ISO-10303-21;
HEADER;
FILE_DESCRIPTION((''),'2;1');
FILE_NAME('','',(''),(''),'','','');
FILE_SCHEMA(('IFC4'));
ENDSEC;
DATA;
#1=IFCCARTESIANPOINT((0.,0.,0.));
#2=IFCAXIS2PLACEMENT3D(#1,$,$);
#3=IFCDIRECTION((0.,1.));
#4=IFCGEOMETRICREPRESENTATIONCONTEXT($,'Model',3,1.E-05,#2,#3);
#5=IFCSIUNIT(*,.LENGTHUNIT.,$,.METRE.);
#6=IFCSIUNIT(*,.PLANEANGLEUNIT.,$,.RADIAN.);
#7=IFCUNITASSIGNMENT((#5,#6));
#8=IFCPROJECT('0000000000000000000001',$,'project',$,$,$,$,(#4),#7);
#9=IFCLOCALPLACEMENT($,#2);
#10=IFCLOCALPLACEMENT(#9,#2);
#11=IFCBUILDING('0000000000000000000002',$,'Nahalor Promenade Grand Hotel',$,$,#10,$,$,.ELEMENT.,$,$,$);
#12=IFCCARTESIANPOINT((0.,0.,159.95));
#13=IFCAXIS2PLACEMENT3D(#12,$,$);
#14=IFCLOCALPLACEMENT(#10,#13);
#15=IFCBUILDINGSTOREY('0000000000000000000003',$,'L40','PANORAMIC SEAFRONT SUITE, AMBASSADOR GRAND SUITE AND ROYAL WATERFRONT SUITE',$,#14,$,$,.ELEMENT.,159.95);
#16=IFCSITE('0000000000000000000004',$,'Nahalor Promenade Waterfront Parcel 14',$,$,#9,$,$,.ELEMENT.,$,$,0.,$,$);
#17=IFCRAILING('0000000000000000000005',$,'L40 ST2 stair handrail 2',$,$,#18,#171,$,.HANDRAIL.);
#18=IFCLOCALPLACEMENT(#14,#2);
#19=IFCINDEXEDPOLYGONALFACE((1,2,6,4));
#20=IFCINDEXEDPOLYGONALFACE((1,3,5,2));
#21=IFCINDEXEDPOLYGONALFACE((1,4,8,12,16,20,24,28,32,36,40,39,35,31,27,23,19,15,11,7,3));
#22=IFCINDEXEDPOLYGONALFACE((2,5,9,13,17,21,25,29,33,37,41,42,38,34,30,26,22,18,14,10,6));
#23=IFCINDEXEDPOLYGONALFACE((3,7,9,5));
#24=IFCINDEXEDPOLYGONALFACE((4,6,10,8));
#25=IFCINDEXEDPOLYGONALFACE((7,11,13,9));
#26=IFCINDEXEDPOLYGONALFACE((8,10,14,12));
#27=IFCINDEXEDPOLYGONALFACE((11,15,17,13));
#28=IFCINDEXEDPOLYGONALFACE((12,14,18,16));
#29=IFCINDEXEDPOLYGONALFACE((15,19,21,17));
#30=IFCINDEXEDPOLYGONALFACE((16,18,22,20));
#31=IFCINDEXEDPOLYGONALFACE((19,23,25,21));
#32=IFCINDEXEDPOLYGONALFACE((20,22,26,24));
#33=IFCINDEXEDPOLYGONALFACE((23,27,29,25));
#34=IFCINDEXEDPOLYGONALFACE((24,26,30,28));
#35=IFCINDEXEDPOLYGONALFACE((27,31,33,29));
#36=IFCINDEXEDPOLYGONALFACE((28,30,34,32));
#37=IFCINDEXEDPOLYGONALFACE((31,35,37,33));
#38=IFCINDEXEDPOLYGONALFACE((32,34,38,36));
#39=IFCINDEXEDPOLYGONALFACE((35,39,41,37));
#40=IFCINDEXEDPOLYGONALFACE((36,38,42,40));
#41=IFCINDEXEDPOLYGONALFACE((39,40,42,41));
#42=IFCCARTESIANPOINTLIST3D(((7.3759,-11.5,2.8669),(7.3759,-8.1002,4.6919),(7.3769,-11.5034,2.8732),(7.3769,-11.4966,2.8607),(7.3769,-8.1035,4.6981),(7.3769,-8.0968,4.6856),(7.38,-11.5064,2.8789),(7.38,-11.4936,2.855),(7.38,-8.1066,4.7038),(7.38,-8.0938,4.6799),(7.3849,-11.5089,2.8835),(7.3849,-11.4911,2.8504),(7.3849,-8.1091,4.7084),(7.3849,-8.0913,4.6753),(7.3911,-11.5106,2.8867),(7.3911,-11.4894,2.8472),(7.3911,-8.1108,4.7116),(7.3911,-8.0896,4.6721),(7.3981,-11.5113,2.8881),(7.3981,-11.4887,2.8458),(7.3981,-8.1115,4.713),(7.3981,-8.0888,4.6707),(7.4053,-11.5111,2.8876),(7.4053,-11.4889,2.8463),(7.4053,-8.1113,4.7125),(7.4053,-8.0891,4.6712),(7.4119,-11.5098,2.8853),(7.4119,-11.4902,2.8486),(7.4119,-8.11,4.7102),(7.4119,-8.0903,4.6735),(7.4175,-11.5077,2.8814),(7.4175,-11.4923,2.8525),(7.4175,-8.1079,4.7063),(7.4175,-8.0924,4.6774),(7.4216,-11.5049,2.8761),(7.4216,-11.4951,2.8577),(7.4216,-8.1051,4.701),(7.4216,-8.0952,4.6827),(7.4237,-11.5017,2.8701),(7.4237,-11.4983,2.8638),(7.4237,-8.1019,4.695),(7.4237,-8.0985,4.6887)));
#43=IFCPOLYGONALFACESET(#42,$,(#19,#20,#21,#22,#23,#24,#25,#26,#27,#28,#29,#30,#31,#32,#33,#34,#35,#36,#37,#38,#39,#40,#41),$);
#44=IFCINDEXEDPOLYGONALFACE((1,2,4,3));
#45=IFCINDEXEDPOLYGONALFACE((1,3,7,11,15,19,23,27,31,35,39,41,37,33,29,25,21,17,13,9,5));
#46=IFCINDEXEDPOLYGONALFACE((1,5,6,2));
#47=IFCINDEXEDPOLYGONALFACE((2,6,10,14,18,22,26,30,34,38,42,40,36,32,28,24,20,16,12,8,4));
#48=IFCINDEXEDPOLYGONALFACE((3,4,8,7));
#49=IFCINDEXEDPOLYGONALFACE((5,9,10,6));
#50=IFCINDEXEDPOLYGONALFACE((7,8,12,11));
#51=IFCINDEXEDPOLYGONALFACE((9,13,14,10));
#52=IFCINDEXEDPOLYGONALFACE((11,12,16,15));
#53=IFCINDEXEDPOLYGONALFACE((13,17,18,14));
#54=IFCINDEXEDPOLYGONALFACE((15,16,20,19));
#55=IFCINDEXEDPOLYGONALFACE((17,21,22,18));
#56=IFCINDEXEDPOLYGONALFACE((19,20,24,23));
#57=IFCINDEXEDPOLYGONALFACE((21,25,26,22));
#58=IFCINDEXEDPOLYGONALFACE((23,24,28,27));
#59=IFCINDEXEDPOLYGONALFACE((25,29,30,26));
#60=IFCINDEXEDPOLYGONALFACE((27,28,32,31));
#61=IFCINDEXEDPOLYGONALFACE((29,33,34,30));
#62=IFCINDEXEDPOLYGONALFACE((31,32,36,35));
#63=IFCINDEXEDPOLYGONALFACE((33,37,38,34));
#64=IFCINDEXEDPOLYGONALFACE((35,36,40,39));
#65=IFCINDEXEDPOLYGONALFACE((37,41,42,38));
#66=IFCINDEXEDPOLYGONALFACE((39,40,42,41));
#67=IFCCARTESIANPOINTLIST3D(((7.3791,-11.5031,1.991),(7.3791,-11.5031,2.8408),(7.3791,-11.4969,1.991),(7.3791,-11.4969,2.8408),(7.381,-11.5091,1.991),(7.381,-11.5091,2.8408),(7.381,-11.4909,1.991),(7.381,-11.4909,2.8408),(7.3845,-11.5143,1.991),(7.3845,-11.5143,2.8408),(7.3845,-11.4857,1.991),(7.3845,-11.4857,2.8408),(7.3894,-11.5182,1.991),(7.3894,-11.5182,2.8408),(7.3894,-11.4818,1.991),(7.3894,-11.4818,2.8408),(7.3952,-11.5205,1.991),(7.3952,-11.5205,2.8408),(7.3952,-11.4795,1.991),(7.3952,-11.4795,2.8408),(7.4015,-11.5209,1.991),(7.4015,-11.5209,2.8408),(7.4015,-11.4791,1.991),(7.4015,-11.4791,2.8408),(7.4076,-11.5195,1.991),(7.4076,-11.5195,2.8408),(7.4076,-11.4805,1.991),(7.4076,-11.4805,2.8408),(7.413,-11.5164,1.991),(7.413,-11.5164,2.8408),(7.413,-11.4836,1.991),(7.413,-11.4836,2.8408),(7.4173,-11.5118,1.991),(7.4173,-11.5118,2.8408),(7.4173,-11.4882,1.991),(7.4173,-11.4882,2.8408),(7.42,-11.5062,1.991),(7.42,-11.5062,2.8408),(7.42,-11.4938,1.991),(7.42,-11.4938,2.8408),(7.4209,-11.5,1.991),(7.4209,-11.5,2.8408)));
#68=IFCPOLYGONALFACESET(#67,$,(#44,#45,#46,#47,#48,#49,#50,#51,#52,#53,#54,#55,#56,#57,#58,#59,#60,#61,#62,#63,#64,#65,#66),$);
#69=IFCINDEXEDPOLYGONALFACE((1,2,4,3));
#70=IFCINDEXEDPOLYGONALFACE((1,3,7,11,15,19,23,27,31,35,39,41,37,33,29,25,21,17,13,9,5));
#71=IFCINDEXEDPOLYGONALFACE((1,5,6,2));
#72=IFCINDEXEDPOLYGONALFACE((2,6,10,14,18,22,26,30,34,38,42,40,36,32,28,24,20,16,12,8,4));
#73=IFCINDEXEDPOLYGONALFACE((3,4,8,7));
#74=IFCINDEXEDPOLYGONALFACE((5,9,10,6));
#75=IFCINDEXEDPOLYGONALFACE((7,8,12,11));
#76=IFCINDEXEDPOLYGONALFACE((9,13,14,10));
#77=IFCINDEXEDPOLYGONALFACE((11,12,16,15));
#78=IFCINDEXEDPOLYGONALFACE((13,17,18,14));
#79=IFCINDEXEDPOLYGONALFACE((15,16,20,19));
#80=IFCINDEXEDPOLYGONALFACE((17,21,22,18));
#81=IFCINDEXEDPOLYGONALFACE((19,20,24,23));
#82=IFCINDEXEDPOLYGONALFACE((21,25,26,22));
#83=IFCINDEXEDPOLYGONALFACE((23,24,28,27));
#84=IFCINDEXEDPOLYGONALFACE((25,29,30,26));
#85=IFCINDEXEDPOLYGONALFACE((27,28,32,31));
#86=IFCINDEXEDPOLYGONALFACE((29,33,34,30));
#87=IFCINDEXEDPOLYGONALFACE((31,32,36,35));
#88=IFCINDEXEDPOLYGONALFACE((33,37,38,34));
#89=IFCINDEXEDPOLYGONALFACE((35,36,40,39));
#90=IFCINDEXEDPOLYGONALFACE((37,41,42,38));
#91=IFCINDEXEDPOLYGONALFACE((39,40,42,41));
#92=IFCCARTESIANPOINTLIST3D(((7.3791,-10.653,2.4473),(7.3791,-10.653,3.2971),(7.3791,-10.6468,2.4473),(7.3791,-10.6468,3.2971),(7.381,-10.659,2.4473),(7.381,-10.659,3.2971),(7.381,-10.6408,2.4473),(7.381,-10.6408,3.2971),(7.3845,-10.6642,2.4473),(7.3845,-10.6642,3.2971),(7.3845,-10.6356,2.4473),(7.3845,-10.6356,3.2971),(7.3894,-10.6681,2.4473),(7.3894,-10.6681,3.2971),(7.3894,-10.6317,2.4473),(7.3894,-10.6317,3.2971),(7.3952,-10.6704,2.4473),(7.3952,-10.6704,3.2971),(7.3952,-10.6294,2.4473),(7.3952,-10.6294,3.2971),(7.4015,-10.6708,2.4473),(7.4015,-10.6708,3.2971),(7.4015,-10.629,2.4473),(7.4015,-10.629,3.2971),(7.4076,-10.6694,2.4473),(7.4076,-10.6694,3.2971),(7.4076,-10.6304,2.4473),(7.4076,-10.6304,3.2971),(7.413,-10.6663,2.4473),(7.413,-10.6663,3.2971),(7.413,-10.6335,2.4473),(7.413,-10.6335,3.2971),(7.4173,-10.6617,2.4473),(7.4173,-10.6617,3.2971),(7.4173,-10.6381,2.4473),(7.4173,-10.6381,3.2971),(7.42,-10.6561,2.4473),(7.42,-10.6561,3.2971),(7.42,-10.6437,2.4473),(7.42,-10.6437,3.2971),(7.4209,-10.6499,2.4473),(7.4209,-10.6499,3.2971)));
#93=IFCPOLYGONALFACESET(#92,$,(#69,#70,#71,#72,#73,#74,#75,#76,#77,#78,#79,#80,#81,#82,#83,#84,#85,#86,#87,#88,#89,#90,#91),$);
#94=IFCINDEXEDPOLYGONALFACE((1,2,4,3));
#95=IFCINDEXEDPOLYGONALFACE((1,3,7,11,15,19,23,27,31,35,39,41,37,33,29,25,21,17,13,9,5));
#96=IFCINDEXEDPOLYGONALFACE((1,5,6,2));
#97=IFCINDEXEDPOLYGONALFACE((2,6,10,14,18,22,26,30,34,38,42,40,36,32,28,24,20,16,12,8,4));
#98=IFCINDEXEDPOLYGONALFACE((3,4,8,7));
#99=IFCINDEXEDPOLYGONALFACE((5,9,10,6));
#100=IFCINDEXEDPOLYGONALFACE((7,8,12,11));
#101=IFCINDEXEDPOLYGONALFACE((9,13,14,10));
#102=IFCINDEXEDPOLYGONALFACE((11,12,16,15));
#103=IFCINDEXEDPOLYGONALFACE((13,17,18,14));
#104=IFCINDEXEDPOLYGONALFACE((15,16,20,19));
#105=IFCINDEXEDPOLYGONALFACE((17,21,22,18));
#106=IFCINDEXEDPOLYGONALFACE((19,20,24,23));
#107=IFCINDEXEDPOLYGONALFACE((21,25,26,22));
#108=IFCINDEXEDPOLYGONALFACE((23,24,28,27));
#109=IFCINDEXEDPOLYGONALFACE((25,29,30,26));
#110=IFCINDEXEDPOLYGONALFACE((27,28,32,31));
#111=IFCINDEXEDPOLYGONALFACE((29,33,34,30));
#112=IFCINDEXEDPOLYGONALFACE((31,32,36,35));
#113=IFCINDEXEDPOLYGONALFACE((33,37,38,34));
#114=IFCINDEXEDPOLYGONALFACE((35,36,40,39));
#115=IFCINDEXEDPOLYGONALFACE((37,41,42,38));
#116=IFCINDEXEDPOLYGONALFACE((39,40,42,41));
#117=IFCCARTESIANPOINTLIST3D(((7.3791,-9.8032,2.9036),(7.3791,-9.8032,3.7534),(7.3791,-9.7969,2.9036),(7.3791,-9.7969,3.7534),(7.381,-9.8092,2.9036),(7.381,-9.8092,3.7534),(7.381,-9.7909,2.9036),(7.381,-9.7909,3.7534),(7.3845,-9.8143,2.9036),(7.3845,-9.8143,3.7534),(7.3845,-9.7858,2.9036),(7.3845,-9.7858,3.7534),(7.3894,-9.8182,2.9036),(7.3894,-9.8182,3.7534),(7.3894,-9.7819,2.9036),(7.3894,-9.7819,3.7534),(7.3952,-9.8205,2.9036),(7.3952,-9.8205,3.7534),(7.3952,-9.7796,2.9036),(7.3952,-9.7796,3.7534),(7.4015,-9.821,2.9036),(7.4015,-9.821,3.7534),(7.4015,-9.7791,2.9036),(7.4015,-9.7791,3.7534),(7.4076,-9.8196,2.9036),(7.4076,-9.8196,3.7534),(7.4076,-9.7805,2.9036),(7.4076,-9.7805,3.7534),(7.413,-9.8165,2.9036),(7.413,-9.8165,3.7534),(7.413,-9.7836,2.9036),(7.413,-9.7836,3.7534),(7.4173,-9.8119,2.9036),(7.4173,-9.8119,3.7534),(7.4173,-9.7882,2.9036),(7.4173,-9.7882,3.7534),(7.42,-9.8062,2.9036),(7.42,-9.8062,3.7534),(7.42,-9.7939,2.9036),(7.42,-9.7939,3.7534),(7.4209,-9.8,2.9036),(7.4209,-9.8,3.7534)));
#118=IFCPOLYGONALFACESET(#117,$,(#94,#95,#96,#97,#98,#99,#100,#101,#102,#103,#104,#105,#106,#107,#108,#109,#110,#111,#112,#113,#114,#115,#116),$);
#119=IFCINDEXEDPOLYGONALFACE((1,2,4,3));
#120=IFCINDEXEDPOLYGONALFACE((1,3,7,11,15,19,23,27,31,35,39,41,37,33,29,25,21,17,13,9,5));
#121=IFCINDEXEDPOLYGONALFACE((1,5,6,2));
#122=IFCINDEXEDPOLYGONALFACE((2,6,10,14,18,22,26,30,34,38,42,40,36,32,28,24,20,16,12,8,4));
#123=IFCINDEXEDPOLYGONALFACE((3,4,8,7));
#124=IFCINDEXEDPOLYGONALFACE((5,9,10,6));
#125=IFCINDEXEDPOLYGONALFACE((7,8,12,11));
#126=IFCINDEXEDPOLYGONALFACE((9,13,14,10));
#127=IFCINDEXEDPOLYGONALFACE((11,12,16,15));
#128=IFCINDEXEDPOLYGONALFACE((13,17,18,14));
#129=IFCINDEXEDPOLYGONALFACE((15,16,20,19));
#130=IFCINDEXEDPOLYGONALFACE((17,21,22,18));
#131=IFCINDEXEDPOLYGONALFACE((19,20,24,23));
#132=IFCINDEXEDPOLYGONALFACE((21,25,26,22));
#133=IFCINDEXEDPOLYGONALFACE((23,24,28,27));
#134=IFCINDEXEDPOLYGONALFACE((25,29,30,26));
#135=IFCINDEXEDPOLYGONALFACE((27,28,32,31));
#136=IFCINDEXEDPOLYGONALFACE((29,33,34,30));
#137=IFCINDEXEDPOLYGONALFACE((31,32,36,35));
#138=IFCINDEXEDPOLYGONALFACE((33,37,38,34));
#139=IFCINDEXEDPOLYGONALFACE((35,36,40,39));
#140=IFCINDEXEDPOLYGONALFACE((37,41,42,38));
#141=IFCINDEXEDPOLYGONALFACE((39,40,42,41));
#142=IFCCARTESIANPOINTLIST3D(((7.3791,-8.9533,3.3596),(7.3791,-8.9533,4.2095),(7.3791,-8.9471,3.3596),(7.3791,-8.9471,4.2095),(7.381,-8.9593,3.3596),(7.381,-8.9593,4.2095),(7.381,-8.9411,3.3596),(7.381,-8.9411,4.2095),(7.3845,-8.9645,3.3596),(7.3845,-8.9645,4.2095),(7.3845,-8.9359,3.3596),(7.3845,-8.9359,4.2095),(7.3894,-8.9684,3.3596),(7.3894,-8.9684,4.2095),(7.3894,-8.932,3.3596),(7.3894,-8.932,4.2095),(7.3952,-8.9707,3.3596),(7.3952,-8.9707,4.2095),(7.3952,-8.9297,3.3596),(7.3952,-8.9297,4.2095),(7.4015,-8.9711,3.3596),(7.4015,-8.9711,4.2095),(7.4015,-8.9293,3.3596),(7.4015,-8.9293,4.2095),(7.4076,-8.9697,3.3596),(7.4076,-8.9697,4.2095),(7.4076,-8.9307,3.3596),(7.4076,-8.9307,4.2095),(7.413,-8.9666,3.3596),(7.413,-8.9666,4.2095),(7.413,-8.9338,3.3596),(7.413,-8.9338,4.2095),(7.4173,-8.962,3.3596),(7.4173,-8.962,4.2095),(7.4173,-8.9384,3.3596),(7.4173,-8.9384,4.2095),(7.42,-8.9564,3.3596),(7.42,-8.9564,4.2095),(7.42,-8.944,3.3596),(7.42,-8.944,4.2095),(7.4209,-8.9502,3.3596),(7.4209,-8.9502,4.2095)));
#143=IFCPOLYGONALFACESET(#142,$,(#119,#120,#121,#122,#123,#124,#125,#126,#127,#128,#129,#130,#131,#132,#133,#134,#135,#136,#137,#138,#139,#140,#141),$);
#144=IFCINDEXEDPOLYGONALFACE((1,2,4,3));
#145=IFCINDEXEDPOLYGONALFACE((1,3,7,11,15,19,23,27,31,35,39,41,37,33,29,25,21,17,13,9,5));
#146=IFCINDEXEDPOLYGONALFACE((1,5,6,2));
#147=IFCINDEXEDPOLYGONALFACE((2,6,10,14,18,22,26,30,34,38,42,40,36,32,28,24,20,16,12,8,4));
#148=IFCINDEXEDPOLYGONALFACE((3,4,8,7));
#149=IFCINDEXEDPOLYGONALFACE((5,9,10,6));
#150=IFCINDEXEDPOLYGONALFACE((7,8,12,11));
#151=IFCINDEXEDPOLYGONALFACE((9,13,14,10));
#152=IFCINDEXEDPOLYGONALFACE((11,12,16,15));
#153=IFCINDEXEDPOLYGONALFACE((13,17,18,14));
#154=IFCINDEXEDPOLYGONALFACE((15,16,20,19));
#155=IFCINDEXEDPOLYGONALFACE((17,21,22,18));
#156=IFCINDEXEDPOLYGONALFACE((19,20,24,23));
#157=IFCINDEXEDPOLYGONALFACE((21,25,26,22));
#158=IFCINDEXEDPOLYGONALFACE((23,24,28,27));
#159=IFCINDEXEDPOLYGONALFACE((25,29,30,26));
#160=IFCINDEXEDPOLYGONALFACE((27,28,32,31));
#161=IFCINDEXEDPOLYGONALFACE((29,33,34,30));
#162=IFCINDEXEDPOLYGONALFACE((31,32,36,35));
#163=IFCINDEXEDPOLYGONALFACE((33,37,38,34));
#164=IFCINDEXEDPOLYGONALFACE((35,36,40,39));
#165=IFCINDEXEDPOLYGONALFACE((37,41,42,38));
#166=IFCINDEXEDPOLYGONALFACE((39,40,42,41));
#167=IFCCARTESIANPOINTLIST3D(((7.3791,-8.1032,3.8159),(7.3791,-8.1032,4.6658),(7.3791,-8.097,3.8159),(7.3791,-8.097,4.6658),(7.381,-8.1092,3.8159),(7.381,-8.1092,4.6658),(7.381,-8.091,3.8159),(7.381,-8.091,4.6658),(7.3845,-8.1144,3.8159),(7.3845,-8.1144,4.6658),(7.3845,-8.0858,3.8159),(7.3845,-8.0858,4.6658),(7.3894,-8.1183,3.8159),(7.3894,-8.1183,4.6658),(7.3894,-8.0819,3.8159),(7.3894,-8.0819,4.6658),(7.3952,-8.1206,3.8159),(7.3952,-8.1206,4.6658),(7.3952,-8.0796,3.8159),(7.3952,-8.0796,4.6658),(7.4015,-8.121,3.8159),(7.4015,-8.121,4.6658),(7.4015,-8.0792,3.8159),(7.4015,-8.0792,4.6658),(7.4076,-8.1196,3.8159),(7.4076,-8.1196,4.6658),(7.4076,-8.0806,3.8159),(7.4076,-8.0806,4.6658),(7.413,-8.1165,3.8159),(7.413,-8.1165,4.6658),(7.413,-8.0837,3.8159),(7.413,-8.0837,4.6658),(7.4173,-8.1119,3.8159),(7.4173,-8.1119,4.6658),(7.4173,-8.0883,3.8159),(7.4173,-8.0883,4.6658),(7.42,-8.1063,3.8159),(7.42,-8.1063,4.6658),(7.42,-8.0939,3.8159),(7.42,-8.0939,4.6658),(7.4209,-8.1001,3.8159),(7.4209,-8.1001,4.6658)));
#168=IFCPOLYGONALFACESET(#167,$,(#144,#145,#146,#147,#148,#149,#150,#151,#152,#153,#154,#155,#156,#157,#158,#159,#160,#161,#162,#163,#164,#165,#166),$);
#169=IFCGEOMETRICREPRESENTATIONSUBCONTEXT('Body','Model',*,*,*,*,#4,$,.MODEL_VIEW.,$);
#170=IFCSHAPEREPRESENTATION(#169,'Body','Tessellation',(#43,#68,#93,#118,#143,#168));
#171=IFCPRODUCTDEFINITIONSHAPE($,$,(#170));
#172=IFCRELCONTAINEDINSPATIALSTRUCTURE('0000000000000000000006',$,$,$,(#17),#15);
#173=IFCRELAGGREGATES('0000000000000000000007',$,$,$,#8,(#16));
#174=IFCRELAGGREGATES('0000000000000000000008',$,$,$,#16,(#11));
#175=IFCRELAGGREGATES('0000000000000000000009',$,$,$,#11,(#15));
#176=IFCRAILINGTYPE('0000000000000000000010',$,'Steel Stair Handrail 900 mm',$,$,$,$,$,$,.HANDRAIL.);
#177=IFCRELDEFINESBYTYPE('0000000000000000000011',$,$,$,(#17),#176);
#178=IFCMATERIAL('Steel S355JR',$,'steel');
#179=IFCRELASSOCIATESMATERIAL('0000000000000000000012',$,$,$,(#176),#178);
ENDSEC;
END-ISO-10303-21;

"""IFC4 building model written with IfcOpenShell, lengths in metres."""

from ifc_helpers import new_model, si_unit, direction, frame, origin, origin_2d, place, context, subcontext, project, spatial, circle, extrude, material, type_object, element, save


model = new_model("IFC4")

# Units and contexts
model_context = context("Model", 3, precision=1e-05, world=origin(), true_north=direction((0.0, 1.0)))
body_context = subcontext(model_context, "Body", "Model", "MODEL_VIEW")
ifc_project = project(units=[si_unit("LENGTHUNIT", "METRE"), si_unit("PLANEANGLEUNIT", "RADIAN")], contexts=[model_context])

# Site, building, storey
site_placement = place(None, origin())
site = spatial("IfcSite", under=ifc_project, at=site_placement, Name="Nahalor Promenade Waterfront Parcel 14", CompositionType="ELEMENT", RefElevation=0.0)
building_placement = place(site_placement, origin())
building = spatial("IfcBuilding", under=site, at=building_placement, Name="Nahalor Promenade Grand Hotel", CompositionType="ELEMENT")
storey_placement = place(building_placement, frame((0.0, 0.0, 159.95)))
storey = spatial("IfcBuildingStorey", under=building, at=storey_placement, Name="L40", Description="PANORAMIC SEAFRONT SUITE, AMBASSADOR GRAND SUITE AND ROYAL WATERFRONT SUITE", CompositionType="ELEMENT", Elevation=159.95)

# Shared definitions
ifc_material_1 = material(Name="Steel S355JR", Category="steel")

# Railing
railing_type_1 = type_object("IfcRailingType", Name="Steel Stair Handrail 900 mm", PredefinedType="HANDRAIL", material=ifc_material_1)
railing_1_placement = place(storey_placement, frame((7.3999, -11.5, 1.991)))
element("IfcRailing", 1, at=railing_1_placement, inside=storey, type_object=railing_type_1, Name="L40 ST2 stair handrail 2", PredefinedType="HANDRAIL", context=body_context, shape_type="SweptSolid", body=[
    extrude(circle(Radius=0.024, at=origin_2d()), frame((0.0, 0.0, 0.876), z_axis=(0.0, 0.881094, 0.472941), x_axis=(-1.0, 0.0, 0.0)), (0.0, 0.0, 1.0), 3.8586),
    extrude(circle(Radius=0.021, at=origin_2d()), origin(), (0.0, 0.0, 1.0), 0.8499),
    extrude(circle(Radius=0.021, at=origin_2d()), frame((0.0, 0.8501, 0.4563)), (0.0, 0.0, 1.0), 0.8499),
    extrude(circle(Radius=0.021, at=origin_2d()), frame((0.0, 1.7, 0.9126)), (0.0, 0.0, 1.0), 0.8499),
    extrude(circle(Radius=0.021, at=origin_2d()), frame((0.0, 2.5498, 1.3687)), (0.0, 0.0, 1.0), 0.8499),
    extrude(circle(Radius=0.021, at=origin_2d()), frame((0.0, 3.3999, 1.825)), (0.0, 0.0, 1.0), 0.8499),
])

save(model, "model.ifc")
